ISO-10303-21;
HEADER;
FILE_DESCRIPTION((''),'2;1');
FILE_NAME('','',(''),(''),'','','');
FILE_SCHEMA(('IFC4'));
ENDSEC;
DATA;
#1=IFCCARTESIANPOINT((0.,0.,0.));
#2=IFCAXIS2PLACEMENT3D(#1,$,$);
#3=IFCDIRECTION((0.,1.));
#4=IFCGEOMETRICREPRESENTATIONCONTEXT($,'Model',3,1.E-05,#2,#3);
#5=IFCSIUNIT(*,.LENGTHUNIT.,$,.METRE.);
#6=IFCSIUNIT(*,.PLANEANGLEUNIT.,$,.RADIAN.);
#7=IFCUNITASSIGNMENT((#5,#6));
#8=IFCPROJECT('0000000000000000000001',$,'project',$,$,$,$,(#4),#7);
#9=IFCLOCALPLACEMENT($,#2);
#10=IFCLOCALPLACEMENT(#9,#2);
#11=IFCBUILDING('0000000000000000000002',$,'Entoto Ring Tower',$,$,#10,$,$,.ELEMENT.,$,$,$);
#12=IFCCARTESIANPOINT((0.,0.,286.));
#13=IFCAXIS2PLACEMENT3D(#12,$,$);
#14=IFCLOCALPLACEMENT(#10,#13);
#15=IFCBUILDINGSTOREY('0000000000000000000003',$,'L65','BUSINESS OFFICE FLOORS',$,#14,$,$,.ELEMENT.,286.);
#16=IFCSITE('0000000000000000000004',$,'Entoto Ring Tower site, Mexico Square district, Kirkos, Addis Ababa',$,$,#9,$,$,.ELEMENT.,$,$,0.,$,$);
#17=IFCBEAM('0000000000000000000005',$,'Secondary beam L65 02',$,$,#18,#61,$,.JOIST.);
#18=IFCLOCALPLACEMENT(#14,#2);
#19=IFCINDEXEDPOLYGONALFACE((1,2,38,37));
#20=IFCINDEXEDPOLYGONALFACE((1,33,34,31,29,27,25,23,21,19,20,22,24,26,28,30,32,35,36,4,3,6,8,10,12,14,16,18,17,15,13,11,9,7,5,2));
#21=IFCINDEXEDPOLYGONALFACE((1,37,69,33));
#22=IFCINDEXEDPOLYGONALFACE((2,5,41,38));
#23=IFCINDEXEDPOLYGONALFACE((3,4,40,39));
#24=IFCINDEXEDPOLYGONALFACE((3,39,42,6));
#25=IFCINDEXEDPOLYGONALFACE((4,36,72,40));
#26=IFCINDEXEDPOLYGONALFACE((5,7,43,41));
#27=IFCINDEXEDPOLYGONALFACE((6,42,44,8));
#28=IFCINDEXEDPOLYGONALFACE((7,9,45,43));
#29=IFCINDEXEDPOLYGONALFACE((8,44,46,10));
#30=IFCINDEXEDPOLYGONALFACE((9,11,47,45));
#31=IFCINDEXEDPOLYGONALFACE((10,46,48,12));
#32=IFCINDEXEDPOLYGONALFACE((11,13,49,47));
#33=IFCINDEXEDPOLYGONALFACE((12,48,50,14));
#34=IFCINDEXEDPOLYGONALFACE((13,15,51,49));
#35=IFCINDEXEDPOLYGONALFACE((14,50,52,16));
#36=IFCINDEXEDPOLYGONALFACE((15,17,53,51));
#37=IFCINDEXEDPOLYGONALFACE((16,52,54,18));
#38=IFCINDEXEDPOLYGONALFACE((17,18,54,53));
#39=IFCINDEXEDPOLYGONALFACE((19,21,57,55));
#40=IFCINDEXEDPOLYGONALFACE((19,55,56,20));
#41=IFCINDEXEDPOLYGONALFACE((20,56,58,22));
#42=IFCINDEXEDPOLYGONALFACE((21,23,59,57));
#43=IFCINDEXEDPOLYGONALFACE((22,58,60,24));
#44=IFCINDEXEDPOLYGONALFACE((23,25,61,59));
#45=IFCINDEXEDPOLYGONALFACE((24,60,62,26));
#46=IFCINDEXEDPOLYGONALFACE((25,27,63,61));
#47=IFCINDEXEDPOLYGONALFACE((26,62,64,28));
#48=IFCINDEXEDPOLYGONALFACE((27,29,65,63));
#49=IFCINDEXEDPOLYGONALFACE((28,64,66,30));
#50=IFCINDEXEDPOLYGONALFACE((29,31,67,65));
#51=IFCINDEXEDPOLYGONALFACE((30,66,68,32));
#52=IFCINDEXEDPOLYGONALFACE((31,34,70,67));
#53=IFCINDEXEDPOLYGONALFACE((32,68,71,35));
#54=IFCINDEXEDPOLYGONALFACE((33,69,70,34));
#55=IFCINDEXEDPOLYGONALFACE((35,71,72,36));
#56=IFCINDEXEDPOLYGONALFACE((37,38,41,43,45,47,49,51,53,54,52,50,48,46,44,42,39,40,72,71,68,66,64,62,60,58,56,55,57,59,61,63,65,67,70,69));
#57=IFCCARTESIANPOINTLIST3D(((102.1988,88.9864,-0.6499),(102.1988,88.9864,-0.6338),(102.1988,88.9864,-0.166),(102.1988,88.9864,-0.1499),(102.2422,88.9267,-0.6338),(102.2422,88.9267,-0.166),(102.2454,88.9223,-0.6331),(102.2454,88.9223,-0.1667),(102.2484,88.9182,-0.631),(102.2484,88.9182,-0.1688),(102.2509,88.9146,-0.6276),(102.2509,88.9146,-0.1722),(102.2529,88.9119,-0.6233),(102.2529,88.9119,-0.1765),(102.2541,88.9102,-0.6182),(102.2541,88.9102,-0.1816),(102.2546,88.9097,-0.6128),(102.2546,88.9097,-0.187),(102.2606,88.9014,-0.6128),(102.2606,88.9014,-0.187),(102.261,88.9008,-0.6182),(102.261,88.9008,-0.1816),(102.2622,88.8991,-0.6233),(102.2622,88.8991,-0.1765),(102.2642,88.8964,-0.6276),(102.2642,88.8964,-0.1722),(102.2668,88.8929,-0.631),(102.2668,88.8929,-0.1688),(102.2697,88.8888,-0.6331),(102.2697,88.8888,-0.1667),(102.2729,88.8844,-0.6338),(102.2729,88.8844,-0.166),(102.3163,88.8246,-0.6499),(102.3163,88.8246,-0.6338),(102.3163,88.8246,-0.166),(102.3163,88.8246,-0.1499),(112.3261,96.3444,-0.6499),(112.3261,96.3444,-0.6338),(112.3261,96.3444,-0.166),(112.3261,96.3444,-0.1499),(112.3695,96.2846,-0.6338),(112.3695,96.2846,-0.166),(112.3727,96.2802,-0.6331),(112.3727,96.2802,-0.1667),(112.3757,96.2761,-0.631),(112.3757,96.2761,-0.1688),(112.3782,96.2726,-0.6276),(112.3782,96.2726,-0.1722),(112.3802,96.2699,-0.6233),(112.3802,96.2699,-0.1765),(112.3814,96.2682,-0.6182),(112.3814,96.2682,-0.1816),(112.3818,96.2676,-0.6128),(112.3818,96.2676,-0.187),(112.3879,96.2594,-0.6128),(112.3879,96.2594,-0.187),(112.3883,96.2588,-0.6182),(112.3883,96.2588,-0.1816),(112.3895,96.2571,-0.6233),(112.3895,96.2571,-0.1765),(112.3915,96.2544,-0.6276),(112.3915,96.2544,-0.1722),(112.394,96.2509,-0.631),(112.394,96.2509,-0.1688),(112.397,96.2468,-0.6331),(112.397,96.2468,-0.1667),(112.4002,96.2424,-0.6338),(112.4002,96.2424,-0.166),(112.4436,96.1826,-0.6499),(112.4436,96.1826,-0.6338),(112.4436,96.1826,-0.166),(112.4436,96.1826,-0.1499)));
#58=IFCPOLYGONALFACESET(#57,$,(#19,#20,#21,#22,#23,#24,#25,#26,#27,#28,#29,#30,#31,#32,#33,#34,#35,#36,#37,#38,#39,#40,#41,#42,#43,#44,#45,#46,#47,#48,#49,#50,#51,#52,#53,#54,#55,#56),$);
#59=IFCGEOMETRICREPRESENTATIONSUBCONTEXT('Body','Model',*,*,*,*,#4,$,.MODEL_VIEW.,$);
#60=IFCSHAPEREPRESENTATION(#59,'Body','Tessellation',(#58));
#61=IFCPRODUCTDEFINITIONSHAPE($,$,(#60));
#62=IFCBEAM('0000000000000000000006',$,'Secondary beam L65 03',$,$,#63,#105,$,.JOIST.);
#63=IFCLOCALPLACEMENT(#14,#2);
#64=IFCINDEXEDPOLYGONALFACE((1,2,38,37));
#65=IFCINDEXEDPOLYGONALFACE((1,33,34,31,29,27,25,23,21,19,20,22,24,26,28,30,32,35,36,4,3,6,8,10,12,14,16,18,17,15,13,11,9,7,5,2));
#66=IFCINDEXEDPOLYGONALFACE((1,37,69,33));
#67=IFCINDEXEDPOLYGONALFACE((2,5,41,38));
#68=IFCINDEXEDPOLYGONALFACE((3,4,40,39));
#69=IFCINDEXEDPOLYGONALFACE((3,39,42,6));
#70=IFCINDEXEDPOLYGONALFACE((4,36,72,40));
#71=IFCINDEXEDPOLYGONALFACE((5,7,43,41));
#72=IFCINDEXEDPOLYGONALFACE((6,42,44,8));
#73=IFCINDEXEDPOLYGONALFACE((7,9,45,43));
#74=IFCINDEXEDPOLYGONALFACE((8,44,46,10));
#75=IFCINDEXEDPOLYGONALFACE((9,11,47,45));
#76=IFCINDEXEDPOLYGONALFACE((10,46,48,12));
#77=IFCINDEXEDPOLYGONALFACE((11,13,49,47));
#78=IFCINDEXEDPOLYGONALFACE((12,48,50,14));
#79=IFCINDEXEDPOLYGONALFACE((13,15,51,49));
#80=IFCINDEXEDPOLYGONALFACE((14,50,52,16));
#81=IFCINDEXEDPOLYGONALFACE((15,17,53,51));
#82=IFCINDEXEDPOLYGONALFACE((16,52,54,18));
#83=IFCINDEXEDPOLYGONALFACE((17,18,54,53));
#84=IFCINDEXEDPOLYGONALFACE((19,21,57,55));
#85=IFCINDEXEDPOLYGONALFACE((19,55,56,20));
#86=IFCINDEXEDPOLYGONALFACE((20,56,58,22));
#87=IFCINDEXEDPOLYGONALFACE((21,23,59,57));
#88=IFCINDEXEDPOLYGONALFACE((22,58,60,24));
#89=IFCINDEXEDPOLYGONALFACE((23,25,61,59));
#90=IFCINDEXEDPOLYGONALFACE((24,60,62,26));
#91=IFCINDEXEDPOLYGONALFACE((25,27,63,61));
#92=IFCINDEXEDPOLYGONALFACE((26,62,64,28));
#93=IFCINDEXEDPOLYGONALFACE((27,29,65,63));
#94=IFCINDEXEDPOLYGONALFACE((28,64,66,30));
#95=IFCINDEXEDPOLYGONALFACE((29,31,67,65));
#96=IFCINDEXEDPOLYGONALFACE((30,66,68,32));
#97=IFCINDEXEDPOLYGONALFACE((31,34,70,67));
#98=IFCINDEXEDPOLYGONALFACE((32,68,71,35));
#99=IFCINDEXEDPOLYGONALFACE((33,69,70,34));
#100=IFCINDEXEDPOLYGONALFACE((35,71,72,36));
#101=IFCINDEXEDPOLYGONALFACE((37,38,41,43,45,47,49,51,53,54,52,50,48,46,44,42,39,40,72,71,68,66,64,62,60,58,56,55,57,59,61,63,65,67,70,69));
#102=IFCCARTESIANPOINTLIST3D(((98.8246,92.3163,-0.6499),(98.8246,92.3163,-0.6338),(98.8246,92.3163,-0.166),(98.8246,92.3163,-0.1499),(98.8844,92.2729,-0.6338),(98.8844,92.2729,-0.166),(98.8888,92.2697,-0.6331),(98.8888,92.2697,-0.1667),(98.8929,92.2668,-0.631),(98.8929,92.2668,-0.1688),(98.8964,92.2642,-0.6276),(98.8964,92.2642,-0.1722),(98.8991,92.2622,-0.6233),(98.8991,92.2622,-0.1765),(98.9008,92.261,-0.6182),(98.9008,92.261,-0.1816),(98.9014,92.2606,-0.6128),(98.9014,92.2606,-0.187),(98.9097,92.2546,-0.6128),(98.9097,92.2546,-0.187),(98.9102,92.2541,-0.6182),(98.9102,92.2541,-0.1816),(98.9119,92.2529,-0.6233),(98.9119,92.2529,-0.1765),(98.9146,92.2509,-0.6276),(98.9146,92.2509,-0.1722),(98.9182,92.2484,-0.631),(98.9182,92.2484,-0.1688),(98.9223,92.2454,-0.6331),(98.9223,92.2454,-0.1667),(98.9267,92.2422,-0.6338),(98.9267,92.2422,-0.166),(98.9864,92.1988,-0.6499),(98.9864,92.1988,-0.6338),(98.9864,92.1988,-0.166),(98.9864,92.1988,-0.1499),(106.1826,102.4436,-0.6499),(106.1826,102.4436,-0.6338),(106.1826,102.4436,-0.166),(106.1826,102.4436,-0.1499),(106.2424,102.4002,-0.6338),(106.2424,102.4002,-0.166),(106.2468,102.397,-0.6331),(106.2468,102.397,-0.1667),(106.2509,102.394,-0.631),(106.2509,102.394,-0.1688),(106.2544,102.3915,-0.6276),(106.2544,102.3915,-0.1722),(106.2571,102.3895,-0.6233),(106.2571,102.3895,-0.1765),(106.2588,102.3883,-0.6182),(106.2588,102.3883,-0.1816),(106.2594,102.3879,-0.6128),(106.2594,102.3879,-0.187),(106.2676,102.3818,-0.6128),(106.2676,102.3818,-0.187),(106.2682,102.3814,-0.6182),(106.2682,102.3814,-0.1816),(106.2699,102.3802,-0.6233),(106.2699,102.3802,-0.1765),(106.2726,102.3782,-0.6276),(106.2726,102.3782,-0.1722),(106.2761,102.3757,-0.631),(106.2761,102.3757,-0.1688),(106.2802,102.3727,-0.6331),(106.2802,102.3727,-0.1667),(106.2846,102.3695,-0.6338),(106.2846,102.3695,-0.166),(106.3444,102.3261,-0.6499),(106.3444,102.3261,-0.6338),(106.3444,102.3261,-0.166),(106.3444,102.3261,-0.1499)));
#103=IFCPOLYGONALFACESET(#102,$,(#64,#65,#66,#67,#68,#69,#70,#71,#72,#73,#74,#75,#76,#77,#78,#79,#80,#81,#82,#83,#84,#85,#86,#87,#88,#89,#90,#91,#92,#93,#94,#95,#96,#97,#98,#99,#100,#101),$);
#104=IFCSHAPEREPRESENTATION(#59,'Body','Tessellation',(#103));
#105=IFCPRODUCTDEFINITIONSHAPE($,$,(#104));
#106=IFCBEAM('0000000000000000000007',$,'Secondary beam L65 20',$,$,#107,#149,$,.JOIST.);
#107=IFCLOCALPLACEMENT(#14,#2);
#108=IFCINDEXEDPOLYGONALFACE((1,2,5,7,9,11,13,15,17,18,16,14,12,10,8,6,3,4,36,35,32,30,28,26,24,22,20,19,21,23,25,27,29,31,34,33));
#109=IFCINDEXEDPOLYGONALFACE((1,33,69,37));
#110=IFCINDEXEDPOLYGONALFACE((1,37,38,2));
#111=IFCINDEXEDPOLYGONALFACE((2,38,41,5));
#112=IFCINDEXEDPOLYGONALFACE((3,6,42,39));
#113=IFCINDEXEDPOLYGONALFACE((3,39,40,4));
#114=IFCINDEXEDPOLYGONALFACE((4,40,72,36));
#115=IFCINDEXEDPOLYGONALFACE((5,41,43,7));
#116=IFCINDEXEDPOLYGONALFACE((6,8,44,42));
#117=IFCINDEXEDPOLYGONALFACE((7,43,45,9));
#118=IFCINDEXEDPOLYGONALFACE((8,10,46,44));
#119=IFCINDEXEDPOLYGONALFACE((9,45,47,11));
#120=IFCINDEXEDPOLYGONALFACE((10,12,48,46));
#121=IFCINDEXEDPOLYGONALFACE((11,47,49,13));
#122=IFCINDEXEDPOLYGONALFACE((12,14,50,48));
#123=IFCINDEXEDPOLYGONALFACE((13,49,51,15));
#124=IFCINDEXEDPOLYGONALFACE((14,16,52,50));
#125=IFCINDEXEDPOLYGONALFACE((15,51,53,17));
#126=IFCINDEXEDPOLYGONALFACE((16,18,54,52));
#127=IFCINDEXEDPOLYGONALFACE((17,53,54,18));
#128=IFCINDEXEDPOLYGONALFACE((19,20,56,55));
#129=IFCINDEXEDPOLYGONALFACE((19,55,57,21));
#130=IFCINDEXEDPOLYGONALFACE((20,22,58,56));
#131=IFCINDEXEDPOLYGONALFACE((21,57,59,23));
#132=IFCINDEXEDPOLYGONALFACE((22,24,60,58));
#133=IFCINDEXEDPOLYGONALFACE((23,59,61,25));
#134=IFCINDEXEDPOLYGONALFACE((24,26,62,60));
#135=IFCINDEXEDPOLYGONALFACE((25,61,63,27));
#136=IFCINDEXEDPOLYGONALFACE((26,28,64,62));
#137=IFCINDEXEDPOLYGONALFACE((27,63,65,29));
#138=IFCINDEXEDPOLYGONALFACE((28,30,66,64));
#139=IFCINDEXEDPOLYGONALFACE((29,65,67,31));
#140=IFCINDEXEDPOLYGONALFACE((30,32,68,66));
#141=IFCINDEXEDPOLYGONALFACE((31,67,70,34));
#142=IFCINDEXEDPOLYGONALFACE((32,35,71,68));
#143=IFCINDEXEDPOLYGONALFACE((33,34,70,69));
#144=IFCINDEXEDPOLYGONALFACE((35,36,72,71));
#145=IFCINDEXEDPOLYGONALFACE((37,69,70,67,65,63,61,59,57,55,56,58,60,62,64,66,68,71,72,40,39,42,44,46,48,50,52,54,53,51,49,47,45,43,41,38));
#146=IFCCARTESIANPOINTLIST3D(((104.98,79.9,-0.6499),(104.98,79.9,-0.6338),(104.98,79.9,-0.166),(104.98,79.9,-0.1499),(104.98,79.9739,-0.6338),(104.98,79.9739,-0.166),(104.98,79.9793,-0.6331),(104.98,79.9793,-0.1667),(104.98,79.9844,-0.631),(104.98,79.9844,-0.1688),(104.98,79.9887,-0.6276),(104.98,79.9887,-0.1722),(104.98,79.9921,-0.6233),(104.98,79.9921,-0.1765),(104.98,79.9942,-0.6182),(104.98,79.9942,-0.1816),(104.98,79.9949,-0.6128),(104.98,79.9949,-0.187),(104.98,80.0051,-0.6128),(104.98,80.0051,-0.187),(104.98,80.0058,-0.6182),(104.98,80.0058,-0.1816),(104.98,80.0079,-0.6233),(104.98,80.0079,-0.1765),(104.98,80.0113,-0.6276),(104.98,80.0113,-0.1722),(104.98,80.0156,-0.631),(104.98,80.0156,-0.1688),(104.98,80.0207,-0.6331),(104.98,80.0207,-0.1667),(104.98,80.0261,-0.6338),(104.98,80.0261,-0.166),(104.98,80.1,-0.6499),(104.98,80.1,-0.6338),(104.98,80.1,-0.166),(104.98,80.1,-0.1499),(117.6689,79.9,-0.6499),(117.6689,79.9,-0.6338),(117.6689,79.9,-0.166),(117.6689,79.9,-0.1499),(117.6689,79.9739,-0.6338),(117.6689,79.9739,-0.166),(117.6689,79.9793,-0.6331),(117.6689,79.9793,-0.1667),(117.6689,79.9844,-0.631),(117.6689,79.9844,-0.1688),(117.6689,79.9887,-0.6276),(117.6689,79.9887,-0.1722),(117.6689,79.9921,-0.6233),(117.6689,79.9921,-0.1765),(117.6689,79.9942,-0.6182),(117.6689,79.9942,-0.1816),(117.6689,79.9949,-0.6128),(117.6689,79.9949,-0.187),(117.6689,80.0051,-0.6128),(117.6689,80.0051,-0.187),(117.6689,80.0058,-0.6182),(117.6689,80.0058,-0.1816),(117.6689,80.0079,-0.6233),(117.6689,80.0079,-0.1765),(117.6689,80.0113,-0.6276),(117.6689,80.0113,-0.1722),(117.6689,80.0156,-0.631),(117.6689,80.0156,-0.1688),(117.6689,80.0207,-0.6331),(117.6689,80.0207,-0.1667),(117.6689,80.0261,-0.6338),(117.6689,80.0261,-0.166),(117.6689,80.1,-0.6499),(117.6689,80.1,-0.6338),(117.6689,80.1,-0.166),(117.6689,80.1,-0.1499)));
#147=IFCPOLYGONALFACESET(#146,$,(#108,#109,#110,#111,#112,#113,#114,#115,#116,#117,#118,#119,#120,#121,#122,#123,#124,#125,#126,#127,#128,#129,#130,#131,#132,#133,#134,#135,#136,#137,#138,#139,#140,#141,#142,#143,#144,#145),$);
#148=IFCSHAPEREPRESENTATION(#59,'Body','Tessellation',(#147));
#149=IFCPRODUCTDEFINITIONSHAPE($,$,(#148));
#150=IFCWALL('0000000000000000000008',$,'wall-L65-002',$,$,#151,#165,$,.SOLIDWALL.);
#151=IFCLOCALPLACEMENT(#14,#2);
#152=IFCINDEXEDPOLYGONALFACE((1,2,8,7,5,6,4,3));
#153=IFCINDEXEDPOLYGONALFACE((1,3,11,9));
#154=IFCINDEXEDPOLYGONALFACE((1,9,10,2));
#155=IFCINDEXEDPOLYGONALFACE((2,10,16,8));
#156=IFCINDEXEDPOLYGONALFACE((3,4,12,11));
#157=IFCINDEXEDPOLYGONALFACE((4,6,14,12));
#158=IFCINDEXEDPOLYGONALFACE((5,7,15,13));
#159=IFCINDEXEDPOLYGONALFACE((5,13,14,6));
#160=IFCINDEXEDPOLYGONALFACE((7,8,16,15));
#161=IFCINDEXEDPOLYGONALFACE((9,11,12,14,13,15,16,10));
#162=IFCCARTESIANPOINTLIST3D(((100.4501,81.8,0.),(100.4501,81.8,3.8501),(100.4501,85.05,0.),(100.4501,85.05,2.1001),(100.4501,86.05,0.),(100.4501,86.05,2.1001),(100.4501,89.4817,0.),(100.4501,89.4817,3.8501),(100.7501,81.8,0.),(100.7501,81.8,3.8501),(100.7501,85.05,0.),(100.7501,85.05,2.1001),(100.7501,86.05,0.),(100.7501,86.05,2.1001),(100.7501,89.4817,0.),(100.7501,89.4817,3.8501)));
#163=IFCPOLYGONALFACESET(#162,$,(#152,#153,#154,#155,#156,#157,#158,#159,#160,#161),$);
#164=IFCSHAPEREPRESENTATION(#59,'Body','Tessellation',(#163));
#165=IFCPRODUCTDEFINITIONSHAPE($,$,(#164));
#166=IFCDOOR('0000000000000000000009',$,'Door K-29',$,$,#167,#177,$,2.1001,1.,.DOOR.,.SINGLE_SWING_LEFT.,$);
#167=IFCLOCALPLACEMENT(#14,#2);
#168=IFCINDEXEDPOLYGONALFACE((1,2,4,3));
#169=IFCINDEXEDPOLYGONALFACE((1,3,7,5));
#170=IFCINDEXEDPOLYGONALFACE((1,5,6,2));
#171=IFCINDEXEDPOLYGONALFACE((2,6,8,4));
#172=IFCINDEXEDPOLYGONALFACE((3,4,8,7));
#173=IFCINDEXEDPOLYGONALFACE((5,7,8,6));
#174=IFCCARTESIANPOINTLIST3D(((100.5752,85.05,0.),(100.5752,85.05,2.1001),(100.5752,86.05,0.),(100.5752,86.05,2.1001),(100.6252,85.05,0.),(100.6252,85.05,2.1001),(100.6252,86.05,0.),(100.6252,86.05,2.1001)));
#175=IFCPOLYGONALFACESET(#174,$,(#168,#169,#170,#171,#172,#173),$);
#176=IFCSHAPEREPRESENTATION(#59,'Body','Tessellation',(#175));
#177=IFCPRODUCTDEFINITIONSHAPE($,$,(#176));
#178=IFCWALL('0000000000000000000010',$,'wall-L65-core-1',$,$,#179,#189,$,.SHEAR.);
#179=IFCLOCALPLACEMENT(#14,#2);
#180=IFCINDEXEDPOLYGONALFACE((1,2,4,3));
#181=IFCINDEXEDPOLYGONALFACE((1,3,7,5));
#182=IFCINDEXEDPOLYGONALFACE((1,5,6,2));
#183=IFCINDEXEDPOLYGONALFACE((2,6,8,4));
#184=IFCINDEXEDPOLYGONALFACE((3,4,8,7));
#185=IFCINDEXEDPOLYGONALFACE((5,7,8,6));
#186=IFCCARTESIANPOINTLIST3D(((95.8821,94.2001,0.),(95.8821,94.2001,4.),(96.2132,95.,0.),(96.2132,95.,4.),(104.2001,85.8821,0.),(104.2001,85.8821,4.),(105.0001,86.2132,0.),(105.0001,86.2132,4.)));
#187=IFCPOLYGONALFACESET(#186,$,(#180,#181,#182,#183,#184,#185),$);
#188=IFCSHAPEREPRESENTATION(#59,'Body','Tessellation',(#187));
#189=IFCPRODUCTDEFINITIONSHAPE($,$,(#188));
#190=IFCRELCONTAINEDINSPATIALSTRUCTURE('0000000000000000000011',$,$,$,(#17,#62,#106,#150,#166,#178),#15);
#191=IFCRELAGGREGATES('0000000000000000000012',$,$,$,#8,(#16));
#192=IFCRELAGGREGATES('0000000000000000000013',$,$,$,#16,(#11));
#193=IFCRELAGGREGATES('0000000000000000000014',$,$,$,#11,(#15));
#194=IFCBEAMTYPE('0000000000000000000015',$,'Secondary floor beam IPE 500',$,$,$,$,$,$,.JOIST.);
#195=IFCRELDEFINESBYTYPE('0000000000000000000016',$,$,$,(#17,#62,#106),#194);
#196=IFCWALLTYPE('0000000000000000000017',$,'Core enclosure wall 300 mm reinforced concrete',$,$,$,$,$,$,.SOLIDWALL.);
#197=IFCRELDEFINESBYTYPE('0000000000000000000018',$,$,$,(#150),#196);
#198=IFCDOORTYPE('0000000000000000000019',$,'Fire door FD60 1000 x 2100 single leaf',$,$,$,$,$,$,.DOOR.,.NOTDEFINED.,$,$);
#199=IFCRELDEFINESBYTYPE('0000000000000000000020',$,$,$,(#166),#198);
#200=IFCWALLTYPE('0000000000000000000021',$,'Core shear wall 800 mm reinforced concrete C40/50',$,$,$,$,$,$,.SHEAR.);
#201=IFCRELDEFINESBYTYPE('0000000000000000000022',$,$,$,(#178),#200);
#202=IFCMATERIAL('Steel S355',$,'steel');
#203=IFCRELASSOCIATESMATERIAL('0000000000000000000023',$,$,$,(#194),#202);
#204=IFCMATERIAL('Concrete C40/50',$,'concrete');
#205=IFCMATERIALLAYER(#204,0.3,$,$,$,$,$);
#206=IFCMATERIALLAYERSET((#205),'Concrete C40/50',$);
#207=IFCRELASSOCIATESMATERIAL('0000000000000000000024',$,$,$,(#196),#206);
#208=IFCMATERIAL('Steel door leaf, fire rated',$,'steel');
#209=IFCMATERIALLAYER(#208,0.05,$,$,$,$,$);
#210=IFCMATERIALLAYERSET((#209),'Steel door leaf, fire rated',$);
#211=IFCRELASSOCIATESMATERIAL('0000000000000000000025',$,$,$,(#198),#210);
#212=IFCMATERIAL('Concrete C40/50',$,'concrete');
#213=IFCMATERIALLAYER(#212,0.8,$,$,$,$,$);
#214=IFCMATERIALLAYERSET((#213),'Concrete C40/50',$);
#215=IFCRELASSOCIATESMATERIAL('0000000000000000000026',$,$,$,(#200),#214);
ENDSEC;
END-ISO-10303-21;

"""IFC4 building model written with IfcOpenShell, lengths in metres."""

from ifc_helpers import new_model, si_unit, direction, frame, frame_2d, origin, origin_2d, place, context, subcontext, project, spatial, polyline, rectangle, i_section, outline, extrude, material, layer, layer_set, material_profile, profile_set, type_object, element, fill, save


model = new_model("IFC4")

# Units and contexts
model_context = context("Model", 3, precision=1e-05, world=origin(), true_north=direction((0.0, 1.0)))
body_context = subcontext(model_context, "Body", "Model", "MODEL_VIEW")
ifc_project = project(units=[si_unit("LENGTHUNIT", "METRE"), si_unit("PLANEANGLEUNIT", "RADIAN")], contexts=[model_context])

# Site, building, storey
site_placement = place(None, origin())
site = spatial("IfcSite", under=ifc_project, at=site_placement, Name="Entoto Ring Tower site, Mexico Square district, Kirkos, Addis Ababa", CompositionType="ELEMENT", RefElevation=0.0)
building_placement = place(site_placement, origin())
building = spatial("IfcBuilding", under=site, at=building_placement, Name="Entoto Ring Tower", CompositionType="ELEMENT")
storey_placement = place(building_placement, frame((0.0, 0.0, 286.0)))
storey = spatial("IfcBuildingStorey", under=building, at=storey_placement, Name="L65", Description="BUSINESS OFFICE FLOORS", CompositionType="ELEMENT", Elevation=286.0)

# Beams
ifc_material_1 = material(Name="Steel S355", Category="steel")
ifc_material_profile_1 = material_profile(ifc_material_1, i_section(OverallWidth=0.2, OverallDepth=0.5, WebThickness=0.0103, FlangeThickness=0.0161, FilletRadius=0.021, at=origin_2d()), Name="IPE 500")
ifc_profile_set_1 = profile_set([ifc_material_profile_1], Name="Steel S355")
beam_type_1 = type_object("IfcBeamType", Name="Secondary floor beam IPE 500", PredefinedType="JOIST", material=ifc_profile_set_1)
for number, where, z_axis, x_axis, name in (
    (1, (102.2576, 88.9055, -0.3999), (0.809014, 0.587789, 0.0), (-0.587789, 0.809014, 0.0), "Secondary beam L65 02"),
    (2, (98.9055, 92.2576, -0.3999), (0.587789, 0.809014, 0.0), (-0.809014, 0.587789, 0.0), "Secondary beam L65 03"),
):
    element("IfcBeam", number, at=place(storey_placement, frame(where, z_axis=z_axis, x_axis=x_axis)), inside=storey, type_object=beam_type_1, Name=name, PredefinedType="JOIST", context=body_context, shape_type="SweptSolid", body=[
        extrude(i_section(OverallWidth=0.2, OverallDepth=0.5, WebThickness=0.0103, FlangeThickness=0.0161, FilletRadius=0.021, at=origin_2d()), origin(), (0.0, 0.0, 1.0), 12.5181),
    ])
beam_1_placement = place(storey_placement, frame((104.98, 80.0, -0.3999), z_axis=(1.0, 0.0, 0.0), x_axis=(0.0, 1.0, 0.0)))
element("IfcBeam", 3, at=beam_1_placement, inside=storey, type_object=beam_type_1, Name="Secondary beam L65 20", PredefinedType="JOIST", context=body_context, shape_type="SweptSolid", body=[
    extrude(i_section(OverallWidth=0.2, OverallDepth=0.5, WebThickness=0.0103, FlangeThickness=0.0161, FilletRadius=0.021, at=origin_2d()), origin(), (0.0, 0.0, 1.0), 12.689),
])

# Wall, opening, door
ifc_material_2 = material(Name="Concrete C40/50", Category="concrete")
ifc_layer_1 = layer(ifc_material_2, 0.3)
ifc_layer_set_1 = layer_set([ifc_layer_1], Name="Concrete C40/50")
wall_type_1 = type_object("IfcWallType", Name="Core enclosure wall 300 mm reinforced concrete", PredefinedType="SOLIDWALL", material=ifc_layer_set_1)
wall_1_placement = place(storey_placement, frame((100.6001, 81.8, 0.0), z_axis=(0.0, 0.0, 1.0), x_axis=(0.0, 1.0, 0.0)))
wall_1 = element("IfcWall", 4, at=wall_1_placement, inside=storey, type_object=wall_type_1, Name="wall-L65-002", PredefinedType="SOLIDWALL", context=body_context, shape_type="SweptSolid", body=[
    extrude(rectangle(XDim=7.6816, YDim=0.3, at=frame_2d((3.8408, 0.0))), origin(), (0.0, 0.0, 1.0), 3.8501),
])
opening_1_placement = place(wall_1_placement, frame((3.25, 0.0, 0.0)))
opening_1 = element("IfcOpeningElement", 5, at=opening_1_placement, cuts=wall_1, PredefinedType="OPENING", context=body_context, shape_type="SweptSolid", body=[
    extrude(rectangle(XDim=1.0, YDim=2.1001, at=frame_2d((0.5, 1.05))), frame((0.0, 0.1602, 0.0), z_axis=(0.0, -1.0, 0.0), x_axis=(1.0, 0.0, 0.0)), (0.0, 0.0, 1.0), 0.3201),
])
ifc_material_3 = material(Name="Steel door leaf, fire rated", Category="steel")
ifc_layer_2 = layer(ifc_material_3, 0.05)
ifc_layer_set_2 = layer_set([ifc_layer_2], Name="Steel door leaf, fire rated")
door_type_1 = type_object("IfcDoorType", Name="Fire door FD60 1000 x 2100 single leaf", OperationType="NOTDEFINED", PredefinedType="DOOR", material=ifc_layer_set_2)
door_1_placement = place(opening_1_placement, origin())
door_1 = element("IfcDoor", 6, at=door_1_placement, inside=storey, type_object=door_type_1, Name="Door K-29", OperationType="SINGLE_SWING_LEFT", OverallHeight=2.1001, OverallWidth=1.0, PredefinedType="DOOR", context=body_context, shape_type="SweptSolid", body=[
    extrude(rectangle(XDim=1.0, YDim=2.1001, at=frame_2d((0.5, 1.05))), frame((0.0, 0.0249, 0.0), z_axis=(0.0, -1.0, 0.0), x_axis=(1.0, 0.0, 0.0)), (0.0, 0.0, 1.0), 0.05),
])
fill(opening_1, door_1)

# Wall
ifc_material_4 = material(Name="Concrete C40/50", Category="concrete")
ifc_layer_3 = layer(ifc_material_4, 0.8)
ifc_layer_set_3 = layer_set([ifc_layer_3], Name="Concrete C40/50")
wall_type_2 = type_object("IfcWallType", Name="Core shear wall 800 mm reinforced concrete C40/50", PredefinedType="SHEAR", material=ifc_layer_set_3)
wall_2_placement = place(storey_placement, frame((104.6001, 86.0476, 0.0), z_axis=(0.0, 0.0, 1.0), x_axis=(-0.707107, 0.707107, 0.0)))
element("IfcWall", 7, at=wall_2_placement, inside=storey, type_object=wall_type_2, Name="wall-L65-core-1", PredefinedType="SHEAR", context=body_context, shape_type="SweptSolid", body=[
    extrude(outline(polyline([(-0.1658, -0.3999), (12.2607, -0.3999), (11.9292, 0.3999), (0.1658, 0.3999), (-0.1658, -0.3999)])), origin(), (0.0, 0.0, 1.0), 4.0),
])

save(model, "model.ifc")
